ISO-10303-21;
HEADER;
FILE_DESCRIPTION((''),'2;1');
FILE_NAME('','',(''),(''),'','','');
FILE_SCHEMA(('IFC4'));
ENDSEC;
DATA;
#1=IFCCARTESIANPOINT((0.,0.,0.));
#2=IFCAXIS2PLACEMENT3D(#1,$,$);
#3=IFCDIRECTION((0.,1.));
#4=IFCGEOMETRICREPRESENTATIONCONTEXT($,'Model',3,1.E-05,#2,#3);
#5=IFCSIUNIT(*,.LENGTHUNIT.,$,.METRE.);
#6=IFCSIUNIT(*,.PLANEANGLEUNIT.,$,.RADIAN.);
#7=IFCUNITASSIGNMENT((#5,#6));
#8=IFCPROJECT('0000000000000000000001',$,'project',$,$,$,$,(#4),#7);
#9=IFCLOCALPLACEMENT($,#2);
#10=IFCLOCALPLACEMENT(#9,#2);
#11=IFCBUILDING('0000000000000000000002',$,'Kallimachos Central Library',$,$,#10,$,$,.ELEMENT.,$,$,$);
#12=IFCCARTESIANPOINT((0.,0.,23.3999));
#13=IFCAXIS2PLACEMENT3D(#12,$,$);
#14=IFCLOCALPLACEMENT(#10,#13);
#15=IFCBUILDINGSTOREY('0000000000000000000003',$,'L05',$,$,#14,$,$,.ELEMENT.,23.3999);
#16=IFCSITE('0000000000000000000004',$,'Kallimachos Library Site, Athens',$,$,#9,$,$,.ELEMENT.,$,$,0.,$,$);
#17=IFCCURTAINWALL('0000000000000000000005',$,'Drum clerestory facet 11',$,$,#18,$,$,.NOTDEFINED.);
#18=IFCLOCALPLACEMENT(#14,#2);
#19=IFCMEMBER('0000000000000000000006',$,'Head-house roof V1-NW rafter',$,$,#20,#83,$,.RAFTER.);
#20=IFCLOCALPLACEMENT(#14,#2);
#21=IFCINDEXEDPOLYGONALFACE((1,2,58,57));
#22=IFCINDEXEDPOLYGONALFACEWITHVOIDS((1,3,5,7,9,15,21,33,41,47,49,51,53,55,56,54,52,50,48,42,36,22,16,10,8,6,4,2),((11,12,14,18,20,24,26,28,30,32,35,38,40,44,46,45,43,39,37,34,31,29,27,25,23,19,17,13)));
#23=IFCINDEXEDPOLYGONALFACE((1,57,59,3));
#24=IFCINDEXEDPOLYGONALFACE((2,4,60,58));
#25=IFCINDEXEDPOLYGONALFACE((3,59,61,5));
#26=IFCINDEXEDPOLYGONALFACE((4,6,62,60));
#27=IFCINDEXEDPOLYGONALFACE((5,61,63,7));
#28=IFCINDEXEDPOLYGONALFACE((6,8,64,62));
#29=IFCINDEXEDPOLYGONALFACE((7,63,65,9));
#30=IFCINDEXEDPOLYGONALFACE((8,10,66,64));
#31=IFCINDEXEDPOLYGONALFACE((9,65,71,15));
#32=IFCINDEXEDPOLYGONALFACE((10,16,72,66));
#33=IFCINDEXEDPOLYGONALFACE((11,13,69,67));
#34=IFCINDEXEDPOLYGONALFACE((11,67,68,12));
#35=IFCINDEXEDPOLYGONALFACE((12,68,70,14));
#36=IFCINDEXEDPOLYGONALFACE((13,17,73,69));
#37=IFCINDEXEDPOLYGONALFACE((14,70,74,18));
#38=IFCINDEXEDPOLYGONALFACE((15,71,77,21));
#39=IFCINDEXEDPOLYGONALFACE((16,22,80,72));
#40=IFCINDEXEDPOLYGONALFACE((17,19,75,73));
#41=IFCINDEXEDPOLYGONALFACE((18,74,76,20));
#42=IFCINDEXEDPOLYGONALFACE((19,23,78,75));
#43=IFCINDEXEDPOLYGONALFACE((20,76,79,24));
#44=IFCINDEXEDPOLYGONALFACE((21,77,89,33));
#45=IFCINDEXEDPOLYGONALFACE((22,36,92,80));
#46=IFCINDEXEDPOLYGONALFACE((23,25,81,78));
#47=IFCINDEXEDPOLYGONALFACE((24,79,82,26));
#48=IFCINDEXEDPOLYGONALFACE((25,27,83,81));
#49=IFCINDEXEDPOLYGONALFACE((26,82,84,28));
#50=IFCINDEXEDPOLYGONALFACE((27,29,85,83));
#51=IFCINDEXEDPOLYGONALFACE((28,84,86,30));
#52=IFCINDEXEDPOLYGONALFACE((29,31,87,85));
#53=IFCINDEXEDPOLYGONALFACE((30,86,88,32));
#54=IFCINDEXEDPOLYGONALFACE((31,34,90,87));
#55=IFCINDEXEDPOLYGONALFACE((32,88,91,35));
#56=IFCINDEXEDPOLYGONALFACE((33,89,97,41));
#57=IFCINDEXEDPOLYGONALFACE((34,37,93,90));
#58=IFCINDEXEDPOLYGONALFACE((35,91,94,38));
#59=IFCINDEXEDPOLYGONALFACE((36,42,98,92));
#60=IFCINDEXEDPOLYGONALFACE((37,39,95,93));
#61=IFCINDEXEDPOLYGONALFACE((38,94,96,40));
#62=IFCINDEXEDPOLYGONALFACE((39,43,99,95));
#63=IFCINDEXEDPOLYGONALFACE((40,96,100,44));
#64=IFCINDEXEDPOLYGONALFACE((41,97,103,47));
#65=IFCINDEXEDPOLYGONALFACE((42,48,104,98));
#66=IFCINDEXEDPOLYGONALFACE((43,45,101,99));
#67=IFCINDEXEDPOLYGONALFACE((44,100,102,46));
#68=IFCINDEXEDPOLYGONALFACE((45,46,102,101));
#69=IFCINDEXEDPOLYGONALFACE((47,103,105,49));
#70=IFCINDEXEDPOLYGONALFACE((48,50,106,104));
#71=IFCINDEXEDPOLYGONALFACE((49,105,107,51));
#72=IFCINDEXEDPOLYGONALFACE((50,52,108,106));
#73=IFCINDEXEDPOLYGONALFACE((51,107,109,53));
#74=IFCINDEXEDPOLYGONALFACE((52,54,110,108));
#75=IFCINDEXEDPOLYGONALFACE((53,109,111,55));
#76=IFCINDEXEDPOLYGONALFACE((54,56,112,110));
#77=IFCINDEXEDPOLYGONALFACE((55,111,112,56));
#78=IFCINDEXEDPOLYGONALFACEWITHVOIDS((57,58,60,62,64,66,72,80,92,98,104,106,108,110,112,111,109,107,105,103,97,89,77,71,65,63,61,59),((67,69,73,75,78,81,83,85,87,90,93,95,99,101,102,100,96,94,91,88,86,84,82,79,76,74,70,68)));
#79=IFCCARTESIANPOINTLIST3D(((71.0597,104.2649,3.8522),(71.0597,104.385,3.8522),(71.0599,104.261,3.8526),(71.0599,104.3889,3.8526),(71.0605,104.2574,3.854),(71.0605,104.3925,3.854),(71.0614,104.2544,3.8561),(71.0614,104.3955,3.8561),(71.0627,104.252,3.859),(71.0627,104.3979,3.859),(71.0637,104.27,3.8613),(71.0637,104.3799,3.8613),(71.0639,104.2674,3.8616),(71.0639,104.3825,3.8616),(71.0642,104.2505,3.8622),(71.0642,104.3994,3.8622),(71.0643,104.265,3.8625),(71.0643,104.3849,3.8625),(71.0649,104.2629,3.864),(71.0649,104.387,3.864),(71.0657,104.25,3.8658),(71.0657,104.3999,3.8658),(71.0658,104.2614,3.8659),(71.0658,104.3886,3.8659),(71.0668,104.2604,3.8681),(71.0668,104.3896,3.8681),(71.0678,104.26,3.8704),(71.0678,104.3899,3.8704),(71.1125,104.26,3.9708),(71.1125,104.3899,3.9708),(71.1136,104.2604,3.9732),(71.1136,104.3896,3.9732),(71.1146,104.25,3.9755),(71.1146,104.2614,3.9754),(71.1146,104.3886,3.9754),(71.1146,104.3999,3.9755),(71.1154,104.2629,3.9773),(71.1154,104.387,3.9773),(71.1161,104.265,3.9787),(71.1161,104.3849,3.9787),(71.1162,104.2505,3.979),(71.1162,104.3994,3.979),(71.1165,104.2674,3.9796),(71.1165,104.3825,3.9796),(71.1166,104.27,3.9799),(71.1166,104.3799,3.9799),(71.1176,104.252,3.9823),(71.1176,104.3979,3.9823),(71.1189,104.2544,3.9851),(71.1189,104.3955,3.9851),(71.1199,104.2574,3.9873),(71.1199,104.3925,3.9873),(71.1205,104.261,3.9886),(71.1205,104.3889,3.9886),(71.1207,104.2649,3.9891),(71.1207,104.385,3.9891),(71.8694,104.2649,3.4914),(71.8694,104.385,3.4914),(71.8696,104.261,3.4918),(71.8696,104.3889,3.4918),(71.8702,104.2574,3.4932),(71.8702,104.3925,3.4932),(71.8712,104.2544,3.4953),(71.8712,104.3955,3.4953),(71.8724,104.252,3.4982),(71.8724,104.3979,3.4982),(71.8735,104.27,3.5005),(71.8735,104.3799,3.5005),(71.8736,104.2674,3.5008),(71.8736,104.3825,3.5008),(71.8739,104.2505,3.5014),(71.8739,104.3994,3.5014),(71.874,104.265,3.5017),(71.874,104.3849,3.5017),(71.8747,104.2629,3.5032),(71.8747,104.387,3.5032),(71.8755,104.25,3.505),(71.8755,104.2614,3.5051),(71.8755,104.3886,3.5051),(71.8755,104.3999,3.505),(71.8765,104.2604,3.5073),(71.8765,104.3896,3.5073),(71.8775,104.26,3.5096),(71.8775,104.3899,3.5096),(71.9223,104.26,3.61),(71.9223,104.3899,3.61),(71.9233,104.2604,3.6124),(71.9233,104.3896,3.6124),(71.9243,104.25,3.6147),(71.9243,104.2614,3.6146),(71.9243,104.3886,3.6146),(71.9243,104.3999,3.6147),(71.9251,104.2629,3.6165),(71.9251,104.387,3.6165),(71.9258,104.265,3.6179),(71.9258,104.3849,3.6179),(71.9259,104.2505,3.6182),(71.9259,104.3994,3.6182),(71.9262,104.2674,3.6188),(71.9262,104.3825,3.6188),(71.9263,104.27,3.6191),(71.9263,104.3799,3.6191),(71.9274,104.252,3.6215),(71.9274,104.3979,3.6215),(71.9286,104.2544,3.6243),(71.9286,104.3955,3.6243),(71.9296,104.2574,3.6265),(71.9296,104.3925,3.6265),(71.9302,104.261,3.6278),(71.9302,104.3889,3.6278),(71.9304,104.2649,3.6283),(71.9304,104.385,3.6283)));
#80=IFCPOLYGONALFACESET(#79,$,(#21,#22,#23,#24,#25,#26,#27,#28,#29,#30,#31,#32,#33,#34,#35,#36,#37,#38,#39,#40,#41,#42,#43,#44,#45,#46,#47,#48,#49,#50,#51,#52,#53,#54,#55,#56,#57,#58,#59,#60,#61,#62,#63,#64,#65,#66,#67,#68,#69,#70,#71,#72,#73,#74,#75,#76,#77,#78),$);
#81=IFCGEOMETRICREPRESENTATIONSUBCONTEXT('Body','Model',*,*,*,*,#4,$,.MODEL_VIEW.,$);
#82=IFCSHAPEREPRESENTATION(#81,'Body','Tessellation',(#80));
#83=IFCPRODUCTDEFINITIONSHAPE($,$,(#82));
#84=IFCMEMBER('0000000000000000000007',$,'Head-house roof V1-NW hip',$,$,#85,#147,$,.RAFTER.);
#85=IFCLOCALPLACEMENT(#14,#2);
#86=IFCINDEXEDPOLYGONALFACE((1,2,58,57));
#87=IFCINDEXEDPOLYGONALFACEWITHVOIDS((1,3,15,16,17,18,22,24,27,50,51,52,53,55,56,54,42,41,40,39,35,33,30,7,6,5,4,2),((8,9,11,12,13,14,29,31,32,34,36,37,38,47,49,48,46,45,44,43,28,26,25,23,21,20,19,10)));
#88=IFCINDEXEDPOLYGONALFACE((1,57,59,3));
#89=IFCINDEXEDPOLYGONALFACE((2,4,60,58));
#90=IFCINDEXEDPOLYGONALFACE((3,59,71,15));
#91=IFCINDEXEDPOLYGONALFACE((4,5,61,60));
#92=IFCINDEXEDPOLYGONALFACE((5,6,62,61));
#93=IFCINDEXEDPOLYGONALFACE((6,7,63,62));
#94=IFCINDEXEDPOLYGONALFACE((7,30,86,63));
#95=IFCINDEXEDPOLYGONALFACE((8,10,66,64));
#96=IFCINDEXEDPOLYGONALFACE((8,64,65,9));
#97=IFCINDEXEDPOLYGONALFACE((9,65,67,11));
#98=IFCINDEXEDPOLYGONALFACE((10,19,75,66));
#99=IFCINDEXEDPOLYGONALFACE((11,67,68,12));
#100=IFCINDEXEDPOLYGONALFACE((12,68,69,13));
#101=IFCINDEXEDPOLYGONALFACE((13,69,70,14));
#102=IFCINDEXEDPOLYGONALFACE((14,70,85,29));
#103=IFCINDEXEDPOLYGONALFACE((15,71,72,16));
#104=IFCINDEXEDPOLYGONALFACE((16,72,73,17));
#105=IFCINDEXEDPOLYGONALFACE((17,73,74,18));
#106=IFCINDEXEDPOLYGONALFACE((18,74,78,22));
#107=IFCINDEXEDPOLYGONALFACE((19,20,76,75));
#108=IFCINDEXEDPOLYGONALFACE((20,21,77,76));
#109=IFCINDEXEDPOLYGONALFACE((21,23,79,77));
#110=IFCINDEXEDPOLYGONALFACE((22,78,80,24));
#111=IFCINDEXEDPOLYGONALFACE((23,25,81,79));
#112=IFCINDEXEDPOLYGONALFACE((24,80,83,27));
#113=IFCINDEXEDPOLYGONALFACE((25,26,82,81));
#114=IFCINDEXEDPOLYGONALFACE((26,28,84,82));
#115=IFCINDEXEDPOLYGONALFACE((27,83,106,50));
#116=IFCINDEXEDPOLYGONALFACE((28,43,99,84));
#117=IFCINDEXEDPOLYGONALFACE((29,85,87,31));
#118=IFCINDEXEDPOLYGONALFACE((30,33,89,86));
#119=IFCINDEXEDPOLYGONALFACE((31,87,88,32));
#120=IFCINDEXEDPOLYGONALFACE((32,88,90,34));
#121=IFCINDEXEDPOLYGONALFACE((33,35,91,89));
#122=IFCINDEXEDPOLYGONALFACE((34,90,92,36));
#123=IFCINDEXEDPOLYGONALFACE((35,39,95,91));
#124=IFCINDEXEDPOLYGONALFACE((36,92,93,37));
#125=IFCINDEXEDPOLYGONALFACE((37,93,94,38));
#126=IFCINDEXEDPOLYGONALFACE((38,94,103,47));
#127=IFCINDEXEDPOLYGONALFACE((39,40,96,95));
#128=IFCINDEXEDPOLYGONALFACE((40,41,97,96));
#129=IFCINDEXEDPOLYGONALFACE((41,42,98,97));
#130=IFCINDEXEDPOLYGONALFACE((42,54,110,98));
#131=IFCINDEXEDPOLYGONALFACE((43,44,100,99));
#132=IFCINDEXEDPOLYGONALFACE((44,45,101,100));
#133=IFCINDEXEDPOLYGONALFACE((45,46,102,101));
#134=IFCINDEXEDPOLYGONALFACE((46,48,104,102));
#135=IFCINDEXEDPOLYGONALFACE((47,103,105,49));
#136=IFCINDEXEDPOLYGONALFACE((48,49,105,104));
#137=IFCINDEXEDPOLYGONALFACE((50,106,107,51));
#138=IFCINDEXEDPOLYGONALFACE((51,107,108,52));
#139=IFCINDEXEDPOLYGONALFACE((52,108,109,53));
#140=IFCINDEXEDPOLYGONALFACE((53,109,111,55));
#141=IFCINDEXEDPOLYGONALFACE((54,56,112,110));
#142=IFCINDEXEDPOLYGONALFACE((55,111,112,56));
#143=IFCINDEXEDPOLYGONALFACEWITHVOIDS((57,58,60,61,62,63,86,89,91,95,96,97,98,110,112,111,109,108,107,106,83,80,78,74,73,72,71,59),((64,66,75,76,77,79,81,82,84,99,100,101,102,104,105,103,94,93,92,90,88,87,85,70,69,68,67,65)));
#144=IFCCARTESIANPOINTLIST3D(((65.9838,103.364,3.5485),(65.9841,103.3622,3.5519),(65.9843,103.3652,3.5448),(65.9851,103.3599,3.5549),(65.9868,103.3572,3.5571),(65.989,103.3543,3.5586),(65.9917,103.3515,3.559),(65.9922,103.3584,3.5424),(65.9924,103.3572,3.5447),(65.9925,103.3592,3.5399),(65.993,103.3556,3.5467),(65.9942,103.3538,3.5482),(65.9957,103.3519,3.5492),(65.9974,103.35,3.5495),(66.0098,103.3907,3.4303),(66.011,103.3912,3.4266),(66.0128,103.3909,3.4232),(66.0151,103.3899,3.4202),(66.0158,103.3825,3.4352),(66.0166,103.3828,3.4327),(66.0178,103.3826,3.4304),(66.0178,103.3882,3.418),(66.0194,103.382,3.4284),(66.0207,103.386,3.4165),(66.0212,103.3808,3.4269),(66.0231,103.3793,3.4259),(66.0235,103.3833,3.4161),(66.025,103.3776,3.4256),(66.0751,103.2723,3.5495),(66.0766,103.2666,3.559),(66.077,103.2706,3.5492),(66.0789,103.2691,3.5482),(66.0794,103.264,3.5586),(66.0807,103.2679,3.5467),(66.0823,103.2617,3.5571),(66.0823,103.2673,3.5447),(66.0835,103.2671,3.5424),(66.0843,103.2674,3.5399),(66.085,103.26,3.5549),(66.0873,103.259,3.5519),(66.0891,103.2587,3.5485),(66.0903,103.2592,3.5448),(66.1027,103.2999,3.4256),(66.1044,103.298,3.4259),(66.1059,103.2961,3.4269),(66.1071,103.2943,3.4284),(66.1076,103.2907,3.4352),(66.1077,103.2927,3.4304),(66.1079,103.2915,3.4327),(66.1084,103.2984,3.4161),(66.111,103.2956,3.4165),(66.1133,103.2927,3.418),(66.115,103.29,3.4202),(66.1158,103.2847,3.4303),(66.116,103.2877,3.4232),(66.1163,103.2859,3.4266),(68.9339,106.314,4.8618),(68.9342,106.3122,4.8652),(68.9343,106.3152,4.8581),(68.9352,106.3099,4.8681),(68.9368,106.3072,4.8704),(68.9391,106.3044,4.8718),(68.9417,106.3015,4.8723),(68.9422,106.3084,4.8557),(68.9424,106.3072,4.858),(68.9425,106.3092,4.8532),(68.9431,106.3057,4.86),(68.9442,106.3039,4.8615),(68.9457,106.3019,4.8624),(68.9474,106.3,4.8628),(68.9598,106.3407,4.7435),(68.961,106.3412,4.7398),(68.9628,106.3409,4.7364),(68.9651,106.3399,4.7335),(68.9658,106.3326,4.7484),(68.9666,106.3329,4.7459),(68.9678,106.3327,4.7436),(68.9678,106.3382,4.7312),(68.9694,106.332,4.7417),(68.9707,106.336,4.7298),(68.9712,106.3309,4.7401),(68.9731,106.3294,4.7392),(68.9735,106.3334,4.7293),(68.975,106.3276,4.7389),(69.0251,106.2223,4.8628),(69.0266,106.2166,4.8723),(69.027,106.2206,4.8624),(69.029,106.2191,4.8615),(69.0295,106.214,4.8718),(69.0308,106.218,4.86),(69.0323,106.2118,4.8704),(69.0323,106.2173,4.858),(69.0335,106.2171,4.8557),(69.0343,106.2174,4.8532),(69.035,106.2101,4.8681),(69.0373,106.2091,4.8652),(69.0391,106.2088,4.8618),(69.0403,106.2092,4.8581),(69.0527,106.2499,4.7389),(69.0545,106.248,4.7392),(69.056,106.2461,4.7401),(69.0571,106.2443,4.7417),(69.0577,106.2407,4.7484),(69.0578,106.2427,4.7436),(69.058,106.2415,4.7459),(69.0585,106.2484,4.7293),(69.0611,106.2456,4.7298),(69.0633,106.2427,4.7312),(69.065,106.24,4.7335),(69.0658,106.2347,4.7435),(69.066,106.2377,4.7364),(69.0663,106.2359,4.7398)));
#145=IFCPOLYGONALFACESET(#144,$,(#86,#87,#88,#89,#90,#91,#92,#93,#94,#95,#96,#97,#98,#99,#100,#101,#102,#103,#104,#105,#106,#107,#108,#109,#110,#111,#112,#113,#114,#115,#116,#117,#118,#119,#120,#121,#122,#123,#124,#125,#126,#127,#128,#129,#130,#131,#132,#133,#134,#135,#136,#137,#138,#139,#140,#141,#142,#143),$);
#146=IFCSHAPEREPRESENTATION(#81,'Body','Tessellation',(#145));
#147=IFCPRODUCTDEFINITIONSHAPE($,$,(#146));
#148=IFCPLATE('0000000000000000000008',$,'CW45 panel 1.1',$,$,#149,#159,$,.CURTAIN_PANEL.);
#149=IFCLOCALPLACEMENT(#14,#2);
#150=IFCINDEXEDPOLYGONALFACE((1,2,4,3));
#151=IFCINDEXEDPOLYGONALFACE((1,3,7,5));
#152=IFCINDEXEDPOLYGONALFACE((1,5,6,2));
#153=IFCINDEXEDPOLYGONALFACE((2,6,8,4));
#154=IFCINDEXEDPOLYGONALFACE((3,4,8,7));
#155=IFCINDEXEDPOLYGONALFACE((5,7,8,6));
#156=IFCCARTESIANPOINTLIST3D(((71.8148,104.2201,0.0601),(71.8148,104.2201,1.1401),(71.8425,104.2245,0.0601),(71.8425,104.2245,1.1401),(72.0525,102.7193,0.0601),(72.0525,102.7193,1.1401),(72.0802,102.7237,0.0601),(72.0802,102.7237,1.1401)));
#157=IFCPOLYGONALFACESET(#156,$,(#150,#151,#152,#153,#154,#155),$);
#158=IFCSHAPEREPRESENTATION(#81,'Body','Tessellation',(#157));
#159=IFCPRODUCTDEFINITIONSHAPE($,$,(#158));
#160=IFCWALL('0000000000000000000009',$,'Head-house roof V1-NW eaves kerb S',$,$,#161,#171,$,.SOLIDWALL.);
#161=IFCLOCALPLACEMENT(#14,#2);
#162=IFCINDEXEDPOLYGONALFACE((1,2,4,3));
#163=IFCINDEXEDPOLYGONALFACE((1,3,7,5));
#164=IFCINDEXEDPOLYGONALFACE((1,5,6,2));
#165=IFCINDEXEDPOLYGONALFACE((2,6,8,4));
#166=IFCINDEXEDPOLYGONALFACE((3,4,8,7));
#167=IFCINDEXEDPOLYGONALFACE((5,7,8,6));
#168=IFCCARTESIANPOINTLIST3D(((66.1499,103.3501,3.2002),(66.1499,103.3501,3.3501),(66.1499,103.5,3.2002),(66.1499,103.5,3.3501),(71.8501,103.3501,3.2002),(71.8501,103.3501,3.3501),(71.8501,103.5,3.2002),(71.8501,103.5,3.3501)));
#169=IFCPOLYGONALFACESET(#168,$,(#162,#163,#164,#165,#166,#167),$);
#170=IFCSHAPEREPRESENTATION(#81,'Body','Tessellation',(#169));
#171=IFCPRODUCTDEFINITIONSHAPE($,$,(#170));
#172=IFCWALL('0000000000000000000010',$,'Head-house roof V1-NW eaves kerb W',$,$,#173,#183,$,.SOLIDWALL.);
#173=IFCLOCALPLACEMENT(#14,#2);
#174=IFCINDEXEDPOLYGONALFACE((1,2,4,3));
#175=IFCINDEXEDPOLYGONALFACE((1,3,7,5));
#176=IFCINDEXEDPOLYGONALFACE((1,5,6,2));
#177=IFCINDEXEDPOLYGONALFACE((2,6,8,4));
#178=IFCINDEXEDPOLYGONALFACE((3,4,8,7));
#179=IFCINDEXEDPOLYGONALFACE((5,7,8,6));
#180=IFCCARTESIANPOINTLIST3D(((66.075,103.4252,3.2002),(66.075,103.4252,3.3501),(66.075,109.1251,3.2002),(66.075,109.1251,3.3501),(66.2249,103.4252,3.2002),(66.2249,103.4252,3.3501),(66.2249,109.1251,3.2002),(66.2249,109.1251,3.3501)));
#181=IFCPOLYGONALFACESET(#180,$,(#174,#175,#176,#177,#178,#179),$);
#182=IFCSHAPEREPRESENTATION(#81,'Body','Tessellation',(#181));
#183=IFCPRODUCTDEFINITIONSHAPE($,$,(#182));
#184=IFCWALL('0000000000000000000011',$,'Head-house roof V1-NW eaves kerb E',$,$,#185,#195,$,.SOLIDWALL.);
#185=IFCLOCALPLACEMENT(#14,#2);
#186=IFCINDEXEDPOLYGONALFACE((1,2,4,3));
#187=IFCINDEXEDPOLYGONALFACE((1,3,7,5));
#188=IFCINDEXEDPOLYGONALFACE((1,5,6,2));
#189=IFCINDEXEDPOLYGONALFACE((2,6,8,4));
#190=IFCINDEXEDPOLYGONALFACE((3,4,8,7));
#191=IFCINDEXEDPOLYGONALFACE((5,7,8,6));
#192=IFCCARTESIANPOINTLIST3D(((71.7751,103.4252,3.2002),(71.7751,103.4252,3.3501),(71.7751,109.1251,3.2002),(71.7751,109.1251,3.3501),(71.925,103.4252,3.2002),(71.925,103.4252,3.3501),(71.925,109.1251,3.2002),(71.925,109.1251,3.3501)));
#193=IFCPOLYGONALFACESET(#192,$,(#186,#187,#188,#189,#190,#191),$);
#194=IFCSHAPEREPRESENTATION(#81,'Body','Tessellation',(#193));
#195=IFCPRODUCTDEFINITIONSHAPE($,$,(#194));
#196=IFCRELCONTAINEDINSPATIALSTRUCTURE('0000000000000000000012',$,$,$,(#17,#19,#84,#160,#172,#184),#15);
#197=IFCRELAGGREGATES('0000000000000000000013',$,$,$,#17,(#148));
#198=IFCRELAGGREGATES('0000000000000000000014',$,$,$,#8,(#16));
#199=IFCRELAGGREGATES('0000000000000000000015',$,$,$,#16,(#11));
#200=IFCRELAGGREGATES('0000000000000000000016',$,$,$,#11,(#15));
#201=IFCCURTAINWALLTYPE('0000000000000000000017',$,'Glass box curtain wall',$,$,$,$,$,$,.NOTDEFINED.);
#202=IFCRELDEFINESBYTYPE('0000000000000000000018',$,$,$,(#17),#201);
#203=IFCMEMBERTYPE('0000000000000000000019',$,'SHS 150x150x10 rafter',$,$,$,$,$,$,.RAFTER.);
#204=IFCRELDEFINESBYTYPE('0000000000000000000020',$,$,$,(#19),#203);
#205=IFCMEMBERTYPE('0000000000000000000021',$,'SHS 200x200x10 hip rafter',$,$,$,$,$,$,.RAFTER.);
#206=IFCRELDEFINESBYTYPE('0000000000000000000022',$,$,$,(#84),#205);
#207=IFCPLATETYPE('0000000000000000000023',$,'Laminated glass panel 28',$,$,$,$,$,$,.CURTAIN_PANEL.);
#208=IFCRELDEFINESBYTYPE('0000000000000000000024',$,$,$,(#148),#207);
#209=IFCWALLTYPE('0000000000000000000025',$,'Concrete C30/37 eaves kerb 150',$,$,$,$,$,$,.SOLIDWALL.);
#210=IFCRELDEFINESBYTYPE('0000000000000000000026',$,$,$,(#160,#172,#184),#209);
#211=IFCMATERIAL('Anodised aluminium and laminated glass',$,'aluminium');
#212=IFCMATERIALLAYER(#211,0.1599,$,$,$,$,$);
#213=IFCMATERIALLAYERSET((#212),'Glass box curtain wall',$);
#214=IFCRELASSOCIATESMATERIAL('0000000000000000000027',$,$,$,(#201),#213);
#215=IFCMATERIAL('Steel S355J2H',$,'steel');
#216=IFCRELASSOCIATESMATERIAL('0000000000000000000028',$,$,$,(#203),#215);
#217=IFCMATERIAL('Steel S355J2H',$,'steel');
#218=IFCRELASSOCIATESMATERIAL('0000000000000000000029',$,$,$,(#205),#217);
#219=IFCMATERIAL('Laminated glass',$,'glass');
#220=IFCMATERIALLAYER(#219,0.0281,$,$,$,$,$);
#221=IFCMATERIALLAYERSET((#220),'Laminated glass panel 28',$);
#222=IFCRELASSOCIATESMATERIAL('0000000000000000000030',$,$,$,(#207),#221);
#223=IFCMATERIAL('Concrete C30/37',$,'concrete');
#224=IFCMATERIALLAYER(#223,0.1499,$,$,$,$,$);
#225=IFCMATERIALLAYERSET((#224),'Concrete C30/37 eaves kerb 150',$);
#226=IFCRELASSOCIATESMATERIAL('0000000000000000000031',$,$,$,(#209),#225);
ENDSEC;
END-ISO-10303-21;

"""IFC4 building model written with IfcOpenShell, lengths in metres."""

from ifc_helpers import new_model, si_unit, direction, frame, frame_2d, origin, origin_2d, place, context, subcontext, project, spatial, rectangle, hollow_rectangle, extrude, material, layer, layer_set, material_profile, profile_set, type_object, element, aggregate, save


model = new_model("IFC4")

# Units and contexts
model_context = context("Model", 3, precision=1e-05, world=origin(), true_north=direction((0.0, 1.0)))
body_context = subcontext(model_context, "Body", "Model", "MODEL_VIEW")
ifc_project = project(units=[si_unit("LENGTHUNIT", "METRE"), si_unit("PLANEANGLEUNIT", "RADIAN")], contexts=[model_context])

# Site, building, storey
site_placement = place(None, origin())
site = spatial("IfcSite", under=ifc_project, at=site_placement, Name="Kallimachos Library Site, Athens", CompositionType="ELEMENT", RefElevation=0.0)
building_placement = place(site_placement, origin())
building = spatial("IfcBuilding", under=site, at=building_placement, Name="Kallimachos Central Library", CompositionType="ELEMENT")
storey_placement = place(building_placement, frame((0.0, 0.0, 23.3999)))
storey = spatial("IfcBuildingStorey", under=building, at=storey_placement, Name="L05", CompositionType="ELEMENT", Elevation=23.3999)

# Curtain wall
ifc_material_1 = material(Name="Anodised aluminium and laminated glass", Category="aluminium")
ifc_layer_1 = layer(ifc_material_1, 0.1599)
ifc_layer_set_1 = layer_set([ifc_layer_1], Name="Glass box curtain wall")
curtain_wall_type = type_object("IfcCurtainWallType", Name="Glass box curtain wall", PredefinedType="NOTDEFINED", material=ifc_layer_set_1)
curtain_wall_placement = place(storey_placement, origin())
curtain_wall = element("IfcCurtainWall", 1, at=curtain_wall_placement, inside=storey, type_object=curtain_wall_type, Name="Drum clerestory facet 11", PredefinedType="NOTDEFINED")

# Members
ifc_material_2 = material(Name="Steel S355J2H", Category="steel")
ifc_material_profile_1 = material_profile(ifc_material_2, hollow_rectangle(XDim=0.1499, YDim=0.1499, WallThickness=0.01, InnerFilletRadius=0.01, OuterFilletRadius=0.0149, at=origin_2d()), Name="SHS 150x150x10")
ifc_profile_set_1 = profile_set([ifc_material_profile_1], Name="Steel S355J2H")
member_type_1 = type_object("IfcMemberType", Name="SHS 150x150x10 rafter", PredefinedType="RAFTER", material=ifc_profile_set_1)
for number, where, z_axis, x_axis, name in (
    (2, (71.8999, 104.325, 3.5598), (-0.913425, 0.0, 0.407007), (0.0, -1.0, 0.0), "Head-house roof V1-NW rafter"),
):
    element("IfcMember", number, at=place(storey_placement, frame(where, z_axis=z_axis, x_axis=x_axis)), inside=storey, type_object=member_type_1, Name=name, PredefinedType="RAFTER", context=body_context, shape_type="SweptSolid", body=[
        extrude(hollow_rectangle(XDim=0.1499, YDim=0.1499, WallThickness=0.01, InnerFilletRadius=0.01, OuterFilletRadius=0.0149, at=origin_2d()), origin(), (0.0, 0.0, 1.0), 0.8865),
    ])
ifc_material_3 = material(Name="Steel S355J2H", Category="steel")
ifc_material_profile_2 = material_profile(ifc_material_3, hollow_rectangle(XDim=0.1499, YDim=0.1499, WallThickness=0.01, InnerFilletRadius=0.01, OuterFilletRadius=0.0149, at=origin_2d()), Name="SHS 150x150x10")
ifc_profile_set_2 = profile_set([ifc_material_profile_2], Name="Steel S355J2H")
member_type_2 = type_object("IfcMemberType", Name="SHS 200x200x10 hip rafter", PredefinedType="RAFTER", material=ifc_profile_set_2)
member_1_placement = place(storey_placement, frame((66.05, 103.325, 3.4875), z_axis=(0.674479, 0.674479, 0.300259), x_axis=(-0.707107, 0.707107, 0.0)))
element("IfcMember", 3, at=member_1_placement, inside=storey, type_object=member_type_2, Name="Head-house roof V1-NW hip", PredefinedType="RAFTER", context=body_context, shape_type="SweptSolid", body=[
    extrude(hollow_rectangle(XDim=0.1499, YDim=0.1499, WallThickness=0.01, InnerFilletRadius=0.01, OuterFilletRadius=0.0149, at=origin_2d()), origin(), (0.0, 0.0, 1.0), 4.3738),
])

# Plate
ifc_material_4 = material(Name="Laminated glass", Category="glass")
ifc_layer_2 = layer(ifc_material_4, 0.0281)
ifc_layer_set_2 = layer_set([ifc_layer_2], Name="Laminated glass panel 28")
plate_type = type_object("IfcPlateType", Name="Laminated glass panel 28", PredefinedType="CURTAIN_PANEL", material=ifc_layer_set_2)
plate_placement = place(storey_placement, frame((71.9475, 103.4719, 0.0601), z_axis=(0.0, 0.0, 1.0), x_axis=(0.156435, -0.987688, 0.0)))
plate = element("IfcPlate", 4, at=plate_placement, type_object=plate_type, Name="CW45 panel 1.1", PredefinedType="CURTAIN_PANEL", context=body_context, shape_type="SweptSolid", body=[
    extrude(rectangle(XDim=1.5195, YDim=0.0281, at=origin_2d()), origin(), (0.0, 0.0, 1.0), 1.0801),
])
aggregate(curtain_wall, [plate])

# Walls
ifc_material_5 = material(Name="Concrete C30/37", Category="concrete")
ifc_layer_3 = layer(ifc_material_5, 0.1499)
ifc_layer_set_3 = layer_set([ifc_layer_3], Name="Concrete C30/37 eaves kerb 150")
wall_type_1 = type_object("IfcWallType", Name="Concrete C30/37 eaves kerb 150", PredefinedType="SOLIDWALL", material=ifc_layer_set_3)
wall_1_placement = place(storey_placement, frame((66.1499, 103.425, 3.2002), z_axis=(0.0, 0.0, 1.0), x_axis=(1.0, 0.0, 0.0)))
element("IfcWall", 5, at=wall_1_placement, inside=storey, type_object=wall_type_1, Name="Head-house roof V1-NW eaves kerb S", PredefinedType="SOLIDWALL", context=body_context, shape_type="SweptSolid", body=[
    extrude(rectangle(XDim=5.7002, YDim=0.1499, at=frame_2d((2.8501, 0.0))), origin(), (0.0, 0.0, 1.0), 0.1499),
])
for number, where, z_axis, x_axis, name in (
    (6, (66.1499, 103.425, 3.2002), (0.0, 0.0, 1.0), (0.0, 1.0, 0.0), "Head-house roof V1-NW eaves kerb W"),
    (7, (71.8501, 103.425, 3.2002), (0.0, 0.0, 1.0), (0.0, 1.0, 0.0), "Head-house roof V1-NW eaves kerb E"),
):
    element("IfcWall", number, at=place(storey_placement, frame(where, z_axis=z_axis, x_axis=x_axis)), inside=storey, type_object=wall_type_1, Name=name, PredefinedType="SOLIDWALL", context=body_context, shape_type="SweptSolid", body=[
        extrude(rectangle(XDim=5.7, YDim=0.1499, at=frame_2d((2.8501, 0.0))), origin(), (0.0, 0.0, 1.0), 0.1499),
    ])

save(model, "model.ifc")
